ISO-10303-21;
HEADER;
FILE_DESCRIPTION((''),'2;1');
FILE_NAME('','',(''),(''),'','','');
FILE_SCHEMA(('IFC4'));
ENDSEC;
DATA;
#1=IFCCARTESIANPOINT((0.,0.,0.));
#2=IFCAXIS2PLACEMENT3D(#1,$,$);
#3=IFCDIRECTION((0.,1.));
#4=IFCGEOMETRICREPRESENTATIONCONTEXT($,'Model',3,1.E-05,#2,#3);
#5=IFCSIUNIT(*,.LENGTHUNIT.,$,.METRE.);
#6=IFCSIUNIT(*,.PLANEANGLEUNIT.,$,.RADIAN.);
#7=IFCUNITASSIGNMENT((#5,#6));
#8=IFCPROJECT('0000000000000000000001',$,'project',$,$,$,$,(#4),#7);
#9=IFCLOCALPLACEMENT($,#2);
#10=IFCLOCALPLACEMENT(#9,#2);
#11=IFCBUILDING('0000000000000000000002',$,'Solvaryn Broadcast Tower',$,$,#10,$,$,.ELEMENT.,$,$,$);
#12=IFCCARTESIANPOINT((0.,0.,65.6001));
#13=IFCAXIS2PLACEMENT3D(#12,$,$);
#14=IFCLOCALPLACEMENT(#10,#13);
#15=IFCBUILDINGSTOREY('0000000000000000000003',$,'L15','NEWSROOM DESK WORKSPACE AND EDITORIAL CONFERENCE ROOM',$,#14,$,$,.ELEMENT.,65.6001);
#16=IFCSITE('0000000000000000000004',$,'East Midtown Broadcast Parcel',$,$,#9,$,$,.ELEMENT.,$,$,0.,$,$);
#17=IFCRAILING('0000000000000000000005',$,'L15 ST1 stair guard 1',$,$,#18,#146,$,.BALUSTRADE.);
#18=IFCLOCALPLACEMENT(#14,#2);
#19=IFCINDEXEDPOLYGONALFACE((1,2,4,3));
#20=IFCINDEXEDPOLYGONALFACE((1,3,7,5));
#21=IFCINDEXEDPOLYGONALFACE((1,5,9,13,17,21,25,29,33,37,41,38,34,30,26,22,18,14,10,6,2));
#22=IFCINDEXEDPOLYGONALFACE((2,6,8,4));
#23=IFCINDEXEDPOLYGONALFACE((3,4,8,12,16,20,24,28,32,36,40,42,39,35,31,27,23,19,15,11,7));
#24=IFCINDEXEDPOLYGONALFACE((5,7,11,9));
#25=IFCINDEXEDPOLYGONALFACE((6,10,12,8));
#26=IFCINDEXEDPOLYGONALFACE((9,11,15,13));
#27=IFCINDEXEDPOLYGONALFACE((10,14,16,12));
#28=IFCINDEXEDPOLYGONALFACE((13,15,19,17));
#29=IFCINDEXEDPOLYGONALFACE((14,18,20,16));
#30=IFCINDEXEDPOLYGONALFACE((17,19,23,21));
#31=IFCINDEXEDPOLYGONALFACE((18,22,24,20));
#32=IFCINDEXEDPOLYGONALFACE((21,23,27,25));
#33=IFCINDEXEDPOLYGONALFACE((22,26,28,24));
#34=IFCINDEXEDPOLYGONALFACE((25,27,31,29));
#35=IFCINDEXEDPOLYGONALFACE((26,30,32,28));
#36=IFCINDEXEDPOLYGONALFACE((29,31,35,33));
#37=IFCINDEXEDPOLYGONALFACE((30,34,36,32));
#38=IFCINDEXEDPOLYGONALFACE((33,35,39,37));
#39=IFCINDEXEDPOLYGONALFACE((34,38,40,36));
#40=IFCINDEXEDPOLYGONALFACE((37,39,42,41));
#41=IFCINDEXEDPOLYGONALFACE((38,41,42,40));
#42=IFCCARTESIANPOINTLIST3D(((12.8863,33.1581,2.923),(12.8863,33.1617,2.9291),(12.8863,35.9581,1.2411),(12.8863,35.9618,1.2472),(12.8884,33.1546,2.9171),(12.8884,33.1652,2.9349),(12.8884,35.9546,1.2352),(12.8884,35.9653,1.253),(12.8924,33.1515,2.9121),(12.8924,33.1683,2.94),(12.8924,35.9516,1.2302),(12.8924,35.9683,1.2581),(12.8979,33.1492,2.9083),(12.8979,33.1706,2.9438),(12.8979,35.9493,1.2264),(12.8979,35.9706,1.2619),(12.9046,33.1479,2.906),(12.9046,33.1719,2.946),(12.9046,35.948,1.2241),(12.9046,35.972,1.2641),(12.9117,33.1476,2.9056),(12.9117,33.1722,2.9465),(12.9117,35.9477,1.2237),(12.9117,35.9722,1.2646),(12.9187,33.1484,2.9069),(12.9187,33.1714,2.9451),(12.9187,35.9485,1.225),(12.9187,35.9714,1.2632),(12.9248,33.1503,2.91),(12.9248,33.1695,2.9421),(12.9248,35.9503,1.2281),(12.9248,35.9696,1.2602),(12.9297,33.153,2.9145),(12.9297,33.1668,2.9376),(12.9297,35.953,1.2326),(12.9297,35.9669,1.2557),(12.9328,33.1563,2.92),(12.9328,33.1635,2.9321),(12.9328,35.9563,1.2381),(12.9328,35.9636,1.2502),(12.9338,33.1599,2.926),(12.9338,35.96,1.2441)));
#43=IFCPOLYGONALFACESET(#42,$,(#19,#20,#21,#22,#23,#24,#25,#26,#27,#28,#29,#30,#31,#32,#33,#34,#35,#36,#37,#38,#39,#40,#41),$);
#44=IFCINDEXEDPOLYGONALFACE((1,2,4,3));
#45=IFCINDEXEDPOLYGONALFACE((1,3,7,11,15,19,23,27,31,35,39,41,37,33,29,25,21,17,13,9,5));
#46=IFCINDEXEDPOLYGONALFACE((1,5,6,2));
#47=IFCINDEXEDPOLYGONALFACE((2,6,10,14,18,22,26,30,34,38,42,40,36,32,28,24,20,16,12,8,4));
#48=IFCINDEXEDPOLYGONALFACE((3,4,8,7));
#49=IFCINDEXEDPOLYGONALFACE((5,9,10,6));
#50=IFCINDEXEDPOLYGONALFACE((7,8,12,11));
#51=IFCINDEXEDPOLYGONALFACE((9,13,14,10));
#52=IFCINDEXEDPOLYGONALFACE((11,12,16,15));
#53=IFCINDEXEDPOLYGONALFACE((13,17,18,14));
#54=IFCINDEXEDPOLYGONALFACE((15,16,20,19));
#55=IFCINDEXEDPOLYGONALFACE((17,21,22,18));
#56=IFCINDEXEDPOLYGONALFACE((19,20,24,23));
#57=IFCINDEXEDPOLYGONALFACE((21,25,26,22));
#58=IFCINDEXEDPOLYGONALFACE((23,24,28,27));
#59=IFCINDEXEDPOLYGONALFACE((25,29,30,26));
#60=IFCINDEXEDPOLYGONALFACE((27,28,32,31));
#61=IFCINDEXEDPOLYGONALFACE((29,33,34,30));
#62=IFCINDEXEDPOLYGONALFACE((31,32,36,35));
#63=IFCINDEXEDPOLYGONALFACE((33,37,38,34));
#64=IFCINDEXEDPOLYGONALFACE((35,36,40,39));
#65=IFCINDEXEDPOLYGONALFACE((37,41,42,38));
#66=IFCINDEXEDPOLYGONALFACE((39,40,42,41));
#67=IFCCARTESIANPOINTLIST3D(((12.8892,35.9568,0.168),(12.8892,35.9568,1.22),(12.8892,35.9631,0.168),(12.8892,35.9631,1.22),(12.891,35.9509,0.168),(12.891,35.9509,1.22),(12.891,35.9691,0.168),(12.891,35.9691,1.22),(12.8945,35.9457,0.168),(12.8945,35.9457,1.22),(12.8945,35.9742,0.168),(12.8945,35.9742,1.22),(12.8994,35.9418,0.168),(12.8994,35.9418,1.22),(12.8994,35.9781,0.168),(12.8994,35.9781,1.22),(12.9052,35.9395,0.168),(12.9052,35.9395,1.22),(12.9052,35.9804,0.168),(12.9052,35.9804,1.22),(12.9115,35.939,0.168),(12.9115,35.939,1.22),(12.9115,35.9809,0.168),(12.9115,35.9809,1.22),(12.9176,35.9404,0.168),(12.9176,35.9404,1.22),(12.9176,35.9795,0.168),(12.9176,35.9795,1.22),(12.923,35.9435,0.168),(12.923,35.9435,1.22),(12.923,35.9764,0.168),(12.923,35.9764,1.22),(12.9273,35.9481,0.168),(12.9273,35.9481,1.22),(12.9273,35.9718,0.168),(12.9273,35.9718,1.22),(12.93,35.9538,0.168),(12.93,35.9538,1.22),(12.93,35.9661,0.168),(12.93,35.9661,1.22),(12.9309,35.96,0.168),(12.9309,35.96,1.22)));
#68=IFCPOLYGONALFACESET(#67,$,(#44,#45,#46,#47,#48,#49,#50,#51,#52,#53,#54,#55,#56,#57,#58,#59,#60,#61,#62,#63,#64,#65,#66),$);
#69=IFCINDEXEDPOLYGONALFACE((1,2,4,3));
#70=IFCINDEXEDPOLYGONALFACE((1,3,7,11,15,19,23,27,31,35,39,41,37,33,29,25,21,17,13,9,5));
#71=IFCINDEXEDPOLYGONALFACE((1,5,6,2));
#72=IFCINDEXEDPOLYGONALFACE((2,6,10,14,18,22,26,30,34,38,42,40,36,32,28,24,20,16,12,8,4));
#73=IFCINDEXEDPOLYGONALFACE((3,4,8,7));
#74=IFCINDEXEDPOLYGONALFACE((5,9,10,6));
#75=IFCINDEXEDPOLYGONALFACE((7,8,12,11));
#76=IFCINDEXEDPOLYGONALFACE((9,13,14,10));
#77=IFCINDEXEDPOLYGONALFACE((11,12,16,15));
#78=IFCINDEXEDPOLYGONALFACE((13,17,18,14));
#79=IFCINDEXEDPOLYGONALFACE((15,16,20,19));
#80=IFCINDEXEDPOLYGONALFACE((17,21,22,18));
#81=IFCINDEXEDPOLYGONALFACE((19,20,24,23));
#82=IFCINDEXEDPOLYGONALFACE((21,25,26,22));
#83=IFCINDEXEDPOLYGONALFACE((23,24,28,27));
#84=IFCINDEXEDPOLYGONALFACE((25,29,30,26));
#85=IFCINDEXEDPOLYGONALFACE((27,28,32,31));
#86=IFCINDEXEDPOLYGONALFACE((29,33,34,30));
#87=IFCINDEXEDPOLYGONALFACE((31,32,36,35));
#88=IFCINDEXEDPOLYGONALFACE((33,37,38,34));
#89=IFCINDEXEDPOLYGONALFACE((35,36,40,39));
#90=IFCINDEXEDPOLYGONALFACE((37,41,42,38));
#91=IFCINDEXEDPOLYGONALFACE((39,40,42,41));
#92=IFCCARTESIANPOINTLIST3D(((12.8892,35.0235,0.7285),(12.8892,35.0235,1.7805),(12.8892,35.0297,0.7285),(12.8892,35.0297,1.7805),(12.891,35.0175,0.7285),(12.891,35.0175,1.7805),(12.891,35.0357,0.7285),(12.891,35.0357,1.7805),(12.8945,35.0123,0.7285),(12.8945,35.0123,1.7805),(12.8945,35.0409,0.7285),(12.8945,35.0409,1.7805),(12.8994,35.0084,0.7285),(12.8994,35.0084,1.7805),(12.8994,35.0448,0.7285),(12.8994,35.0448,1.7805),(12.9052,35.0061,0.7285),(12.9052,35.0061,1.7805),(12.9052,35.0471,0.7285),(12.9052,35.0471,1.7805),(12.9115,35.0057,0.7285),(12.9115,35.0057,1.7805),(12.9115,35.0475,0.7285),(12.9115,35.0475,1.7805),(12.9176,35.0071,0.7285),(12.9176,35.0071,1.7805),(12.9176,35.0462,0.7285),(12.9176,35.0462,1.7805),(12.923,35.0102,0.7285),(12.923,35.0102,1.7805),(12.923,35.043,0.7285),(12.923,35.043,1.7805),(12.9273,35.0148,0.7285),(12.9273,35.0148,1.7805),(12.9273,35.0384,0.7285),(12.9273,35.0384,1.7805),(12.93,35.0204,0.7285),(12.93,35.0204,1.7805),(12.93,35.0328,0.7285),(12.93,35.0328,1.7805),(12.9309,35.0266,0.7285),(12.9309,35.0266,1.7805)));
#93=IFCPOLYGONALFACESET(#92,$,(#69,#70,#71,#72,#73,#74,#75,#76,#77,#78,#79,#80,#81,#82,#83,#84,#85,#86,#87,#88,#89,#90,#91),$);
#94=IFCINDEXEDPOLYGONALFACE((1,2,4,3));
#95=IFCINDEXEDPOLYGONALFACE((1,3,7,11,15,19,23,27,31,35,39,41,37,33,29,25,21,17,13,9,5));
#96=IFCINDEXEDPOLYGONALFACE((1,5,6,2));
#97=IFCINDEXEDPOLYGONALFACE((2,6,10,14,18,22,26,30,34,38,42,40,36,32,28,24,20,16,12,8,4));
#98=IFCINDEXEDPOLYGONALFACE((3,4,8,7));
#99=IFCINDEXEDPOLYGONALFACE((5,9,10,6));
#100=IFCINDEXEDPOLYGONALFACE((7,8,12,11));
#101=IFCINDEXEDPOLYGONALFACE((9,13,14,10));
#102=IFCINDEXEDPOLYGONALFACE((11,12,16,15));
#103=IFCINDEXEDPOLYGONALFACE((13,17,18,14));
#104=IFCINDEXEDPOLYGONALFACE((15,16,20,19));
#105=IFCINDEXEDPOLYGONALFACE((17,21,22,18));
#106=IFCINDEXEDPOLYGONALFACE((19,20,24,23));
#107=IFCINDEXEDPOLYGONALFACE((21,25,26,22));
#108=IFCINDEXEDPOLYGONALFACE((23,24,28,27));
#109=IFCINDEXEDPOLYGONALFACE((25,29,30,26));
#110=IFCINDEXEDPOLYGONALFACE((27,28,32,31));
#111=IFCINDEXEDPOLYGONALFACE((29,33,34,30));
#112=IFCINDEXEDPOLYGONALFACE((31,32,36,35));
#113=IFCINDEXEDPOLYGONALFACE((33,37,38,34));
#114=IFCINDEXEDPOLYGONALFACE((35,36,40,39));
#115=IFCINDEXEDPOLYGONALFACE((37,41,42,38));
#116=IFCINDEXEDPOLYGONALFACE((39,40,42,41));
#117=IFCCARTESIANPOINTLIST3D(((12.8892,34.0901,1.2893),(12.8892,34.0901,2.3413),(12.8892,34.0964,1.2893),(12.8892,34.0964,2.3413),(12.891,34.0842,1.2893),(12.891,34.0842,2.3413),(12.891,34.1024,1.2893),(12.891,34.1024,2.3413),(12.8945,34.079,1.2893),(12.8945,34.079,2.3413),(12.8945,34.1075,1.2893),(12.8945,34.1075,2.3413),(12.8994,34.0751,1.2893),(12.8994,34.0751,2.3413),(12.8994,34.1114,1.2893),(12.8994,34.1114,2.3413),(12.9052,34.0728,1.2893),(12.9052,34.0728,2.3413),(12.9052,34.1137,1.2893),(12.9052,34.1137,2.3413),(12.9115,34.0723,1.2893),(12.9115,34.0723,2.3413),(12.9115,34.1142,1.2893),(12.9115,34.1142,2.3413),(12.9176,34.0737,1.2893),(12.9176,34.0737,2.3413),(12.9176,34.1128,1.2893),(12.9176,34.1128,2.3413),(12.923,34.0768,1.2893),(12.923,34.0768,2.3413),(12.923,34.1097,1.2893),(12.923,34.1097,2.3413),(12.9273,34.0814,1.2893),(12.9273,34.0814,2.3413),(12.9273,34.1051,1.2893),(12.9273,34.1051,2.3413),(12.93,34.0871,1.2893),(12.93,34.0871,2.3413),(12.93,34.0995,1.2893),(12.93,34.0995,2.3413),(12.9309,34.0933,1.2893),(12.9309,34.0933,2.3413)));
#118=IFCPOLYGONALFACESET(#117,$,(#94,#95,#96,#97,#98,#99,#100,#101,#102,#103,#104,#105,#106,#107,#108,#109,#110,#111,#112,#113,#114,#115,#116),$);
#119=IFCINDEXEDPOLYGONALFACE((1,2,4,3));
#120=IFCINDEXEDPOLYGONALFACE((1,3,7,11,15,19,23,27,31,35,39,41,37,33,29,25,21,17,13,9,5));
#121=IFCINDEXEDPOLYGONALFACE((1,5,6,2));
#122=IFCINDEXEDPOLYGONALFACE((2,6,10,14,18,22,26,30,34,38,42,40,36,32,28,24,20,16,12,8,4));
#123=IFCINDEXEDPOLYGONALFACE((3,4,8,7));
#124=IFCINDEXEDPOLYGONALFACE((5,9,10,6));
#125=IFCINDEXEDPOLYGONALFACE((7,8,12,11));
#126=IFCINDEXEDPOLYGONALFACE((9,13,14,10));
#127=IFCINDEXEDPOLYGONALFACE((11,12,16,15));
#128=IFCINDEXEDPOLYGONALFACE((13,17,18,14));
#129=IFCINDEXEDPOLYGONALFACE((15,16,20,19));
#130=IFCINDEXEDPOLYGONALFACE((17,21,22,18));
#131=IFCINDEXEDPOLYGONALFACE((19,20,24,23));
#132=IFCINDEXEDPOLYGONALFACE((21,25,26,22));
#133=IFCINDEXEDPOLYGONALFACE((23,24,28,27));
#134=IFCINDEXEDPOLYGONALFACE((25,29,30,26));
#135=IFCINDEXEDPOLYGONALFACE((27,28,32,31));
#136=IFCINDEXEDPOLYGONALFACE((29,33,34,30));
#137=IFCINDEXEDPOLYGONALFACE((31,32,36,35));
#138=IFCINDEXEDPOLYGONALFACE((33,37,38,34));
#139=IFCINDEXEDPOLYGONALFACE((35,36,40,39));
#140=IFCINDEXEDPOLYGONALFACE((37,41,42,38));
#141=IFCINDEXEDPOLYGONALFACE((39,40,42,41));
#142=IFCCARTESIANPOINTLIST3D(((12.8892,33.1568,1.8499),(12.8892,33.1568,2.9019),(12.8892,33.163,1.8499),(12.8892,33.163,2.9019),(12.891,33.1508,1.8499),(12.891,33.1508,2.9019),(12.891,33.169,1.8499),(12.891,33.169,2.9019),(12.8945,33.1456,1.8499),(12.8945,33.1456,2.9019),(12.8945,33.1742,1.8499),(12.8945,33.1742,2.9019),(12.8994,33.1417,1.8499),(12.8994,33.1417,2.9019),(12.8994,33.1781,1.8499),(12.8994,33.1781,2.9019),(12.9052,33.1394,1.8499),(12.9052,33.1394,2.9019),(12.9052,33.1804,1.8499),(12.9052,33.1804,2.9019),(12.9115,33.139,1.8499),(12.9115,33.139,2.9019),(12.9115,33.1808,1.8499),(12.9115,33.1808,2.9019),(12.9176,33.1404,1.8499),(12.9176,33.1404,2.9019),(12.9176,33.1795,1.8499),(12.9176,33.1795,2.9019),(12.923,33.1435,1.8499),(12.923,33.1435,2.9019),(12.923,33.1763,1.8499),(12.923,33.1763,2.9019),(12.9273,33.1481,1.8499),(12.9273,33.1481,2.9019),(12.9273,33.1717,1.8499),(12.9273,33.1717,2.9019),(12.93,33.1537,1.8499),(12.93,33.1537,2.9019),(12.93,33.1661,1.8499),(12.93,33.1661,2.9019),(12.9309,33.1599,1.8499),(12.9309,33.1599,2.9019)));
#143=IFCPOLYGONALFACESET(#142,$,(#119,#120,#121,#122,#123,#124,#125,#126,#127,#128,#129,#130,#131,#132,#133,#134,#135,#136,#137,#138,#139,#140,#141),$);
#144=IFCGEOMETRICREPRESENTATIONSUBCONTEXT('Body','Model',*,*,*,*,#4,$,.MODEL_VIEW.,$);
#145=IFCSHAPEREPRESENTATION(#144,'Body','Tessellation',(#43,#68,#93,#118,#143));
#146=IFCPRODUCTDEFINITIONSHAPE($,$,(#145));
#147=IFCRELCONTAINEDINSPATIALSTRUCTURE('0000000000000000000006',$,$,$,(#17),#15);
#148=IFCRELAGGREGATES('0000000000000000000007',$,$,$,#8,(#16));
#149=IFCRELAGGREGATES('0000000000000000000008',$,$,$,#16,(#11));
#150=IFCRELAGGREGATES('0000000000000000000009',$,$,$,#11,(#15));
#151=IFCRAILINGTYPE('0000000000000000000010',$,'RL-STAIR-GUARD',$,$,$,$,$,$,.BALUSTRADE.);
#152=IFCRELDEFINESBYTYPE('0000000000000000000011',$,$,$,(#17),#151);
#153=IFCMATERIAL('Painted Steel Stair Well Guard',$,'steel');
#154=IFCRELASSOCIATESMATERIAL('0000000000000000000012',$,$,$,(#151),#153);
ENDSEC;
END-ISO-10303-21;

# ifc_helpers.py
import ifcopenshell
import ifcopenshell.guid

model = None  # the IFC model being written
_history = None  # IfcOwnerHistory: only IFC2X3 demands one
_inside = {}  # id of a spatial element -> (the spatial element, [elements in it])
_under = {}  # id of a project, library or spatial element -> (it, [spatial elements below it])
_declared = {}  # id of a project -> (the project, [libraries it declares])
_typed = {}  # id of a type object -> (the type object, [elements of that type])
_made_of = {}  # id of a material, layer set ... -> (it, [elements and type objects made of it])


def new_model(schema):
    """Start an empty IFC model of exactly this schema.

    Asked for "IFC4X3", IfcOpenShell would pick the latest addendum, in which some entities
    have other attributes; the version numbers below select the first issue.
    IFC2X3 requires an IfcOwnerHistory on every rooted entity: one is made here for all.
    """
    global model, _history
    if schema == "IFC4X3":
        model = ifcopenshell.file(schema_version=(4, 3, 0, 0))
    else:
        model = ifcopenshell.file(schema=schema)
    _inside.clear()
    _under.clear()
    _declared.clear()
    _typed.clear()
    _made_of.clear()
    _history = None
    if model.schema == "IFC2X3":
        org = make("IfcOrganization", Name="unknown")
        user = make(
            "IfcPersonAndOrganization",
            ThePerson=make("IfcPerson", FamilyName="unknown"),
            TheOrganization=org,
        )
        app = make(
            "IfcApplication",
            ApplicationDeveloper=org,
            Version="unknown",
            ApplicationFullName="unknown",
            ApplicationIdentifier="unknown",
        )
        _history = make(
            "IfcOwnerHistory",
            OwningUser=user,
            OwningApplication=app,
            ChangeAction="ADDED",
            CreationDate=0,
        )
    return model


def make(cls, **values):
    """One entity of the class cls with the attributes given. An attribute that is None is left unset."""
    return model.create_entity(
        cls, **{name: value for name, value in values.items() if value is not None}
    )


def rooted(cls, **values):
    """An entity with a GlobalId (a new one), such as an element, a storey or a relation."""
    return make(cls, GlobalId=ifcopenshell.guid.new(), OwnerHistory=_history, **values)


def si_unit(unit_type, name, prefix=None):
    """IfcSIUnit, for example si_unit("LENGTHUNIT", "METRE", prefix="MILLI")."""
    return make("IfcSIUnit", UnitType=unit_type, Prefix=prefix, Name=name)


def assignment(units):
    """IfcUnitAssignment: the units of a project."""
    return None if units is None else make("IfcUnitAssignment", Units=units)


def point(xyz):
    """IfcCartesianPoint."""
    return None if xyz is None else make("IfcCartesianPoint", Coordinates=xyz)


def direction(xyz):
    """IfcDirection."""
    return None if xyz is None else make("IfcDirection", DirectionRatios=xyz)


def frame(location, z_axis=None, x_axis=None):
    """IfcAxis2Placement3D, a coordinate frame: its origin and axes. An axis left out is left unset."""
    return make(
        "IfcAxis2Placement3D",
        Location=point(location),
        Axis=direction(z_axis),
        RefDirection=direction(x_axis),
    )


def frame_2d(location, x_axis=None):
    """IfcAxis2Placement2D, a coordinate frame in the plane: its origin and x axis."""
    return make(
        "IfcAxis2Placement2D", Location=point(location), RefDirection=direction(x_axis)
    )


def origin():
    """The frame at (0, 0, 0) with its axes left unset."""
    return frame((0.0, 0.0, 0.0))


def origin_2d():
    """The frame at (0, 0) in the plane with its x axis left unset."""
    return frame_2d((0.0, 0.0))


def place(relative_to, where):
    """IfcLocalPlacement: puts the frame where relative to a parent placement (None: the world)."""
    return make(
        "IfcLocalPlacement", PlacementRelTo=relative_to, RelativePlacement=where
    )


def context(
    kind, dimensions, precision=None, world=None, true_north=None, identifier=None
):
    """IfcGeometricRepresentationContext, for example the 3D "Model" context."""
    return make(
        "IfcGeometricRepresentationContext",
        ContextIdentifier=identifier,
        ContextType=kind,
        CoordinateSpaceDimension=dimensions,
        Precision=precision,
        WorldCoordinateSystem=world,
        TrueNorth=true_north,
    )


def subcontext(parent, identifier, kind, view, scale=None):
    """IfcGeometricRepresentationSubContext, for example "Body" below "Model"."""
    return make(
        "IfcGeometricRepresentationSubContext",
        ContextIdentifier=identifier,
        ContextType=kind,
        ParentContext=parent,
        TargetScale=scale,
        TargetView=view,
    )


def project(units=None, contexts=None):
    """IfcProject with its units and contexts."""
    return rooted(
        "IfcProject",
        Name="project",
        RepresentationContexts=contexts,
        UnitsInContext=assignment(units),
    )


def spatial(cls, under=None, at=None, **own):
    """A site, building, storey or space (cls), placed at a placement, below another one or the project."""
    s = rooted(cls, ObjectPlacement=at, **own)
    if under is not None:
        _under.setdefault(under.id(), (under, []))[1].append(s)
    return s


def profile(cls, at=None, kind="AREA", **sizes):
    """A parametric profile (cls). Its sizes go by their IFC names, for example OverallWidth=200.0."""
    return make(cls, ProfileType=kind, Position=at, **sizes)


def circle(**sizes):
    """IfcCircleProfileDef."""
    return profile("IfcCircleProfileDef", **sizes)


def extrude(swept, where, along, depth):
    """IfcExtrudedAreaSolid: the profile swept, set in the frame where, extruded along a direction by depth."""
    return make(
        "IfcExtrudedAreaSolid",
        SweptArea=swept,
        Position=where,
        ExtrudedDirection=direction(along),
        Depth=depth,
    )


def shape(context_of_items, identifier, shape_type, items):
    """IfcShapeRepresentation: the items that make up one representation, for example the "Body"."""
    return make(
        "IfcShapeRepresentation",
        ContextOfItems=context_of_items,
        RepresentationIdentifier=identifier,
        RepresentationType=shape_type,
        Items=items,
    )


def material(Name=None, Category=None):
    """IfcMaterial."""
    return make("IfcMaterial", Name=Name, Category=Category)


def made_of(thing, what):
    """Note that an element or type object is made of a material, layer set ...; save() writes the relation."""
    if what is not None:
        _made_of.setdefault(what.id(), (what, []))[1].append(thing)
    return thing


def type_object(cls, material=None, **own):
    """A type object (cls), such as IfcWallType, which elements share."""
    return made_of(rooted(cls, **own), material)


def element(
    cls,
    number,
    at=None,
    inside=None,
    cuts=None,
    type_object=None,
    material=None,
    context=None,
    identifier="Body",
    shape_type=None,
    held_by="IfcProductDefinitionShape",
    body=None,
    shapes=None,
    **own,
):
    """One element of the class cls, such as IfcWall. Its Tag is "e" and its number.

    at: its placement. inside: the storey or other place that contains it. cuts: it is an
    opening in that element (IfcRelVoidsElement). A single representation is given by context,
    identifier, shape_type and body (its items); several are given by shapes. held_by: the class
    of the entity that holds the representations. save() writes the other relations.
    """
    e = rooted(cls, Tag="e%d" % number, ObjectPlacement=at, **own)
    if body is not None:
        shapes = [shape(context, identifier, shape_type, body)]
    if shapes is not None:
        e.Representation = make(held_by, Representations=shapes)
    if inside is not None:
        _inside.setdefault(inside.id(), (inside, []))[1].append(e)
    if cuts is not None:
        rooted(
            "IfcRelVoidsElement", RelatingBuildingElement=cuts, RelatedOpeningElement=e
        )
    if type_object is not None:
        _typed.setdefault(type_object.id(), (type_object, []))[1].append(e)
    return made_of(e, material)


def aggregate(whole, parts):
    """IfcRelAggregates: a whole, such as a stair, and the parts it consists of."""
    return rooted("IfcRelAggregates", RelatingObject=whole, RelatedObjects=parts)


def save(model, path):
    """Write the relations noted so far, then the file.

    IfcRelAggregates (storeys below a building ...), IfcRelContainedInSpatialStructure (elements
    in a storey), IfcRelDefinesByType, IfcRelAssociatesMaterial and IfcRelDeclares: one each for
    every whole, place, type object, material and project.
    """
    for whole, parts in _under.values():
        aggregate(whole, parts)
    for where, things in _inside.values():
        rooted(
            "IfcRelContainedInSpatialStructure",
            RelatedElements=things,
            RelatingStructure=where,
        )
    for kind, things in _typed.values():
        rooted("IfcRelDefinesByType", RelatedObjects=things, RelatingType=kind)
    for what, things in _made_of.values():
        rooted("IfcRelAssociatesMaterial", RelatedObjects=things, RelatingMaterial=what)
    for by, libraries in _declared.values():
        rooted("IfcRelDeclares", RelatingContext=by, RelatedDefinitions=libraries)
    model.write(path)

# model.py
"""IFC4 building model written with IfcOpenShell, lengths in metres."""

from ifc_helpers import new_model, si_unit, direction, frame, origin, origin_2d, place, context, subcontext, project, spatial, circle, extrude, material, type_object, element, save


model = new_model("IFC4")

# Units and contexts
model_context = context("Model", 3, precision=1e-05, world=origin(), true_north=direction((0.0, 1.0)))
body_context = subcontext(model_context, "Body", "Model", "MODEL_VIEW")
ifc_project = project(units=[si_unit("LENGTHUNIT", "METRE"), si_unit("PLANEANGLEUNIT", "RADIAN")], contexts=[model_context])

# Site, building, storey
site_placement = place(None, origin())
site = spatial("IfcSite", under=ifc_project, at=site_placement, Name="East Midtown Broadcast Parcel", CompositionType="ELEMENT", RefElevation=0.0)
building_placement = place(site_placement, origin())
building = spatial("IfcBuilding", under=site, at=building_placement, Name="Solvaryn Broadcast Tower", CompositionType="ELEMENT")
storey_placement = place(building_placement, frame((0.0, 0.0, 65.6001)))
storey = spatial("IfcBuildingStorey", under=building, at=storey_placement, Name="L15", Description="NEWSROOM DESK WORKSPACE AND EDITORIAL CONFERENCE ROOM", CompositionType="ELEMENT", Elevation=65.6001)

# Railing
ifc_material_1 = material(Name="Painted Steel Stair Well Guard", Category="steel")
railing_type_1 = type_object("IfcRailingType", Name="RL-STAIR-GUARD", PredefinedType="BALUSTRADE", material=ifc_material_1)
railing_1_placement = place(storey_placement, frame((12.9099, 35.96, 0.168)))
element("IfcRailing", 1, at=railing_1_placement, inside=storey, type_object=railing_type_1, Name="L15 ST1 stair guard 1", PredefinedType="BALUSTRADE", context=body_context, shape_type="SweptSolid", body=[
    extrude(circle(Radius=0.0239, at=origin_2d()), frame((0.0, 0.0, 1.0762), z_axis=(0.0, -0.857242, 0.514913), x_axis=(1.0, 0.0, 0.0)), (0.0, 0.0, 1.0), 3.2664),
    extrude(circle(Radius=0.021, at=origin_2d()), origin(), (0.0, 0.0, 1.0), 1.052),
    extrude(circle(Radius=0.021, at=origin_2d()), frame((0.0, -0.9333, 0.5605)), (0.0, 0.0, 1.0), 1.052),
    extrude(circle(Radius=0.021, at=origin_2d()), frame((0.0, -1.8667, 1.1213)), (0.0, 0.0, 1.0), 1.052),
    extrude(circle(Radius=0.021, at=origin_2d()), frame((0.0, -2.8, 1.6819)), (0.0, 0.0, 1.0), 1.052),
])

save(model, "model.ifc")
